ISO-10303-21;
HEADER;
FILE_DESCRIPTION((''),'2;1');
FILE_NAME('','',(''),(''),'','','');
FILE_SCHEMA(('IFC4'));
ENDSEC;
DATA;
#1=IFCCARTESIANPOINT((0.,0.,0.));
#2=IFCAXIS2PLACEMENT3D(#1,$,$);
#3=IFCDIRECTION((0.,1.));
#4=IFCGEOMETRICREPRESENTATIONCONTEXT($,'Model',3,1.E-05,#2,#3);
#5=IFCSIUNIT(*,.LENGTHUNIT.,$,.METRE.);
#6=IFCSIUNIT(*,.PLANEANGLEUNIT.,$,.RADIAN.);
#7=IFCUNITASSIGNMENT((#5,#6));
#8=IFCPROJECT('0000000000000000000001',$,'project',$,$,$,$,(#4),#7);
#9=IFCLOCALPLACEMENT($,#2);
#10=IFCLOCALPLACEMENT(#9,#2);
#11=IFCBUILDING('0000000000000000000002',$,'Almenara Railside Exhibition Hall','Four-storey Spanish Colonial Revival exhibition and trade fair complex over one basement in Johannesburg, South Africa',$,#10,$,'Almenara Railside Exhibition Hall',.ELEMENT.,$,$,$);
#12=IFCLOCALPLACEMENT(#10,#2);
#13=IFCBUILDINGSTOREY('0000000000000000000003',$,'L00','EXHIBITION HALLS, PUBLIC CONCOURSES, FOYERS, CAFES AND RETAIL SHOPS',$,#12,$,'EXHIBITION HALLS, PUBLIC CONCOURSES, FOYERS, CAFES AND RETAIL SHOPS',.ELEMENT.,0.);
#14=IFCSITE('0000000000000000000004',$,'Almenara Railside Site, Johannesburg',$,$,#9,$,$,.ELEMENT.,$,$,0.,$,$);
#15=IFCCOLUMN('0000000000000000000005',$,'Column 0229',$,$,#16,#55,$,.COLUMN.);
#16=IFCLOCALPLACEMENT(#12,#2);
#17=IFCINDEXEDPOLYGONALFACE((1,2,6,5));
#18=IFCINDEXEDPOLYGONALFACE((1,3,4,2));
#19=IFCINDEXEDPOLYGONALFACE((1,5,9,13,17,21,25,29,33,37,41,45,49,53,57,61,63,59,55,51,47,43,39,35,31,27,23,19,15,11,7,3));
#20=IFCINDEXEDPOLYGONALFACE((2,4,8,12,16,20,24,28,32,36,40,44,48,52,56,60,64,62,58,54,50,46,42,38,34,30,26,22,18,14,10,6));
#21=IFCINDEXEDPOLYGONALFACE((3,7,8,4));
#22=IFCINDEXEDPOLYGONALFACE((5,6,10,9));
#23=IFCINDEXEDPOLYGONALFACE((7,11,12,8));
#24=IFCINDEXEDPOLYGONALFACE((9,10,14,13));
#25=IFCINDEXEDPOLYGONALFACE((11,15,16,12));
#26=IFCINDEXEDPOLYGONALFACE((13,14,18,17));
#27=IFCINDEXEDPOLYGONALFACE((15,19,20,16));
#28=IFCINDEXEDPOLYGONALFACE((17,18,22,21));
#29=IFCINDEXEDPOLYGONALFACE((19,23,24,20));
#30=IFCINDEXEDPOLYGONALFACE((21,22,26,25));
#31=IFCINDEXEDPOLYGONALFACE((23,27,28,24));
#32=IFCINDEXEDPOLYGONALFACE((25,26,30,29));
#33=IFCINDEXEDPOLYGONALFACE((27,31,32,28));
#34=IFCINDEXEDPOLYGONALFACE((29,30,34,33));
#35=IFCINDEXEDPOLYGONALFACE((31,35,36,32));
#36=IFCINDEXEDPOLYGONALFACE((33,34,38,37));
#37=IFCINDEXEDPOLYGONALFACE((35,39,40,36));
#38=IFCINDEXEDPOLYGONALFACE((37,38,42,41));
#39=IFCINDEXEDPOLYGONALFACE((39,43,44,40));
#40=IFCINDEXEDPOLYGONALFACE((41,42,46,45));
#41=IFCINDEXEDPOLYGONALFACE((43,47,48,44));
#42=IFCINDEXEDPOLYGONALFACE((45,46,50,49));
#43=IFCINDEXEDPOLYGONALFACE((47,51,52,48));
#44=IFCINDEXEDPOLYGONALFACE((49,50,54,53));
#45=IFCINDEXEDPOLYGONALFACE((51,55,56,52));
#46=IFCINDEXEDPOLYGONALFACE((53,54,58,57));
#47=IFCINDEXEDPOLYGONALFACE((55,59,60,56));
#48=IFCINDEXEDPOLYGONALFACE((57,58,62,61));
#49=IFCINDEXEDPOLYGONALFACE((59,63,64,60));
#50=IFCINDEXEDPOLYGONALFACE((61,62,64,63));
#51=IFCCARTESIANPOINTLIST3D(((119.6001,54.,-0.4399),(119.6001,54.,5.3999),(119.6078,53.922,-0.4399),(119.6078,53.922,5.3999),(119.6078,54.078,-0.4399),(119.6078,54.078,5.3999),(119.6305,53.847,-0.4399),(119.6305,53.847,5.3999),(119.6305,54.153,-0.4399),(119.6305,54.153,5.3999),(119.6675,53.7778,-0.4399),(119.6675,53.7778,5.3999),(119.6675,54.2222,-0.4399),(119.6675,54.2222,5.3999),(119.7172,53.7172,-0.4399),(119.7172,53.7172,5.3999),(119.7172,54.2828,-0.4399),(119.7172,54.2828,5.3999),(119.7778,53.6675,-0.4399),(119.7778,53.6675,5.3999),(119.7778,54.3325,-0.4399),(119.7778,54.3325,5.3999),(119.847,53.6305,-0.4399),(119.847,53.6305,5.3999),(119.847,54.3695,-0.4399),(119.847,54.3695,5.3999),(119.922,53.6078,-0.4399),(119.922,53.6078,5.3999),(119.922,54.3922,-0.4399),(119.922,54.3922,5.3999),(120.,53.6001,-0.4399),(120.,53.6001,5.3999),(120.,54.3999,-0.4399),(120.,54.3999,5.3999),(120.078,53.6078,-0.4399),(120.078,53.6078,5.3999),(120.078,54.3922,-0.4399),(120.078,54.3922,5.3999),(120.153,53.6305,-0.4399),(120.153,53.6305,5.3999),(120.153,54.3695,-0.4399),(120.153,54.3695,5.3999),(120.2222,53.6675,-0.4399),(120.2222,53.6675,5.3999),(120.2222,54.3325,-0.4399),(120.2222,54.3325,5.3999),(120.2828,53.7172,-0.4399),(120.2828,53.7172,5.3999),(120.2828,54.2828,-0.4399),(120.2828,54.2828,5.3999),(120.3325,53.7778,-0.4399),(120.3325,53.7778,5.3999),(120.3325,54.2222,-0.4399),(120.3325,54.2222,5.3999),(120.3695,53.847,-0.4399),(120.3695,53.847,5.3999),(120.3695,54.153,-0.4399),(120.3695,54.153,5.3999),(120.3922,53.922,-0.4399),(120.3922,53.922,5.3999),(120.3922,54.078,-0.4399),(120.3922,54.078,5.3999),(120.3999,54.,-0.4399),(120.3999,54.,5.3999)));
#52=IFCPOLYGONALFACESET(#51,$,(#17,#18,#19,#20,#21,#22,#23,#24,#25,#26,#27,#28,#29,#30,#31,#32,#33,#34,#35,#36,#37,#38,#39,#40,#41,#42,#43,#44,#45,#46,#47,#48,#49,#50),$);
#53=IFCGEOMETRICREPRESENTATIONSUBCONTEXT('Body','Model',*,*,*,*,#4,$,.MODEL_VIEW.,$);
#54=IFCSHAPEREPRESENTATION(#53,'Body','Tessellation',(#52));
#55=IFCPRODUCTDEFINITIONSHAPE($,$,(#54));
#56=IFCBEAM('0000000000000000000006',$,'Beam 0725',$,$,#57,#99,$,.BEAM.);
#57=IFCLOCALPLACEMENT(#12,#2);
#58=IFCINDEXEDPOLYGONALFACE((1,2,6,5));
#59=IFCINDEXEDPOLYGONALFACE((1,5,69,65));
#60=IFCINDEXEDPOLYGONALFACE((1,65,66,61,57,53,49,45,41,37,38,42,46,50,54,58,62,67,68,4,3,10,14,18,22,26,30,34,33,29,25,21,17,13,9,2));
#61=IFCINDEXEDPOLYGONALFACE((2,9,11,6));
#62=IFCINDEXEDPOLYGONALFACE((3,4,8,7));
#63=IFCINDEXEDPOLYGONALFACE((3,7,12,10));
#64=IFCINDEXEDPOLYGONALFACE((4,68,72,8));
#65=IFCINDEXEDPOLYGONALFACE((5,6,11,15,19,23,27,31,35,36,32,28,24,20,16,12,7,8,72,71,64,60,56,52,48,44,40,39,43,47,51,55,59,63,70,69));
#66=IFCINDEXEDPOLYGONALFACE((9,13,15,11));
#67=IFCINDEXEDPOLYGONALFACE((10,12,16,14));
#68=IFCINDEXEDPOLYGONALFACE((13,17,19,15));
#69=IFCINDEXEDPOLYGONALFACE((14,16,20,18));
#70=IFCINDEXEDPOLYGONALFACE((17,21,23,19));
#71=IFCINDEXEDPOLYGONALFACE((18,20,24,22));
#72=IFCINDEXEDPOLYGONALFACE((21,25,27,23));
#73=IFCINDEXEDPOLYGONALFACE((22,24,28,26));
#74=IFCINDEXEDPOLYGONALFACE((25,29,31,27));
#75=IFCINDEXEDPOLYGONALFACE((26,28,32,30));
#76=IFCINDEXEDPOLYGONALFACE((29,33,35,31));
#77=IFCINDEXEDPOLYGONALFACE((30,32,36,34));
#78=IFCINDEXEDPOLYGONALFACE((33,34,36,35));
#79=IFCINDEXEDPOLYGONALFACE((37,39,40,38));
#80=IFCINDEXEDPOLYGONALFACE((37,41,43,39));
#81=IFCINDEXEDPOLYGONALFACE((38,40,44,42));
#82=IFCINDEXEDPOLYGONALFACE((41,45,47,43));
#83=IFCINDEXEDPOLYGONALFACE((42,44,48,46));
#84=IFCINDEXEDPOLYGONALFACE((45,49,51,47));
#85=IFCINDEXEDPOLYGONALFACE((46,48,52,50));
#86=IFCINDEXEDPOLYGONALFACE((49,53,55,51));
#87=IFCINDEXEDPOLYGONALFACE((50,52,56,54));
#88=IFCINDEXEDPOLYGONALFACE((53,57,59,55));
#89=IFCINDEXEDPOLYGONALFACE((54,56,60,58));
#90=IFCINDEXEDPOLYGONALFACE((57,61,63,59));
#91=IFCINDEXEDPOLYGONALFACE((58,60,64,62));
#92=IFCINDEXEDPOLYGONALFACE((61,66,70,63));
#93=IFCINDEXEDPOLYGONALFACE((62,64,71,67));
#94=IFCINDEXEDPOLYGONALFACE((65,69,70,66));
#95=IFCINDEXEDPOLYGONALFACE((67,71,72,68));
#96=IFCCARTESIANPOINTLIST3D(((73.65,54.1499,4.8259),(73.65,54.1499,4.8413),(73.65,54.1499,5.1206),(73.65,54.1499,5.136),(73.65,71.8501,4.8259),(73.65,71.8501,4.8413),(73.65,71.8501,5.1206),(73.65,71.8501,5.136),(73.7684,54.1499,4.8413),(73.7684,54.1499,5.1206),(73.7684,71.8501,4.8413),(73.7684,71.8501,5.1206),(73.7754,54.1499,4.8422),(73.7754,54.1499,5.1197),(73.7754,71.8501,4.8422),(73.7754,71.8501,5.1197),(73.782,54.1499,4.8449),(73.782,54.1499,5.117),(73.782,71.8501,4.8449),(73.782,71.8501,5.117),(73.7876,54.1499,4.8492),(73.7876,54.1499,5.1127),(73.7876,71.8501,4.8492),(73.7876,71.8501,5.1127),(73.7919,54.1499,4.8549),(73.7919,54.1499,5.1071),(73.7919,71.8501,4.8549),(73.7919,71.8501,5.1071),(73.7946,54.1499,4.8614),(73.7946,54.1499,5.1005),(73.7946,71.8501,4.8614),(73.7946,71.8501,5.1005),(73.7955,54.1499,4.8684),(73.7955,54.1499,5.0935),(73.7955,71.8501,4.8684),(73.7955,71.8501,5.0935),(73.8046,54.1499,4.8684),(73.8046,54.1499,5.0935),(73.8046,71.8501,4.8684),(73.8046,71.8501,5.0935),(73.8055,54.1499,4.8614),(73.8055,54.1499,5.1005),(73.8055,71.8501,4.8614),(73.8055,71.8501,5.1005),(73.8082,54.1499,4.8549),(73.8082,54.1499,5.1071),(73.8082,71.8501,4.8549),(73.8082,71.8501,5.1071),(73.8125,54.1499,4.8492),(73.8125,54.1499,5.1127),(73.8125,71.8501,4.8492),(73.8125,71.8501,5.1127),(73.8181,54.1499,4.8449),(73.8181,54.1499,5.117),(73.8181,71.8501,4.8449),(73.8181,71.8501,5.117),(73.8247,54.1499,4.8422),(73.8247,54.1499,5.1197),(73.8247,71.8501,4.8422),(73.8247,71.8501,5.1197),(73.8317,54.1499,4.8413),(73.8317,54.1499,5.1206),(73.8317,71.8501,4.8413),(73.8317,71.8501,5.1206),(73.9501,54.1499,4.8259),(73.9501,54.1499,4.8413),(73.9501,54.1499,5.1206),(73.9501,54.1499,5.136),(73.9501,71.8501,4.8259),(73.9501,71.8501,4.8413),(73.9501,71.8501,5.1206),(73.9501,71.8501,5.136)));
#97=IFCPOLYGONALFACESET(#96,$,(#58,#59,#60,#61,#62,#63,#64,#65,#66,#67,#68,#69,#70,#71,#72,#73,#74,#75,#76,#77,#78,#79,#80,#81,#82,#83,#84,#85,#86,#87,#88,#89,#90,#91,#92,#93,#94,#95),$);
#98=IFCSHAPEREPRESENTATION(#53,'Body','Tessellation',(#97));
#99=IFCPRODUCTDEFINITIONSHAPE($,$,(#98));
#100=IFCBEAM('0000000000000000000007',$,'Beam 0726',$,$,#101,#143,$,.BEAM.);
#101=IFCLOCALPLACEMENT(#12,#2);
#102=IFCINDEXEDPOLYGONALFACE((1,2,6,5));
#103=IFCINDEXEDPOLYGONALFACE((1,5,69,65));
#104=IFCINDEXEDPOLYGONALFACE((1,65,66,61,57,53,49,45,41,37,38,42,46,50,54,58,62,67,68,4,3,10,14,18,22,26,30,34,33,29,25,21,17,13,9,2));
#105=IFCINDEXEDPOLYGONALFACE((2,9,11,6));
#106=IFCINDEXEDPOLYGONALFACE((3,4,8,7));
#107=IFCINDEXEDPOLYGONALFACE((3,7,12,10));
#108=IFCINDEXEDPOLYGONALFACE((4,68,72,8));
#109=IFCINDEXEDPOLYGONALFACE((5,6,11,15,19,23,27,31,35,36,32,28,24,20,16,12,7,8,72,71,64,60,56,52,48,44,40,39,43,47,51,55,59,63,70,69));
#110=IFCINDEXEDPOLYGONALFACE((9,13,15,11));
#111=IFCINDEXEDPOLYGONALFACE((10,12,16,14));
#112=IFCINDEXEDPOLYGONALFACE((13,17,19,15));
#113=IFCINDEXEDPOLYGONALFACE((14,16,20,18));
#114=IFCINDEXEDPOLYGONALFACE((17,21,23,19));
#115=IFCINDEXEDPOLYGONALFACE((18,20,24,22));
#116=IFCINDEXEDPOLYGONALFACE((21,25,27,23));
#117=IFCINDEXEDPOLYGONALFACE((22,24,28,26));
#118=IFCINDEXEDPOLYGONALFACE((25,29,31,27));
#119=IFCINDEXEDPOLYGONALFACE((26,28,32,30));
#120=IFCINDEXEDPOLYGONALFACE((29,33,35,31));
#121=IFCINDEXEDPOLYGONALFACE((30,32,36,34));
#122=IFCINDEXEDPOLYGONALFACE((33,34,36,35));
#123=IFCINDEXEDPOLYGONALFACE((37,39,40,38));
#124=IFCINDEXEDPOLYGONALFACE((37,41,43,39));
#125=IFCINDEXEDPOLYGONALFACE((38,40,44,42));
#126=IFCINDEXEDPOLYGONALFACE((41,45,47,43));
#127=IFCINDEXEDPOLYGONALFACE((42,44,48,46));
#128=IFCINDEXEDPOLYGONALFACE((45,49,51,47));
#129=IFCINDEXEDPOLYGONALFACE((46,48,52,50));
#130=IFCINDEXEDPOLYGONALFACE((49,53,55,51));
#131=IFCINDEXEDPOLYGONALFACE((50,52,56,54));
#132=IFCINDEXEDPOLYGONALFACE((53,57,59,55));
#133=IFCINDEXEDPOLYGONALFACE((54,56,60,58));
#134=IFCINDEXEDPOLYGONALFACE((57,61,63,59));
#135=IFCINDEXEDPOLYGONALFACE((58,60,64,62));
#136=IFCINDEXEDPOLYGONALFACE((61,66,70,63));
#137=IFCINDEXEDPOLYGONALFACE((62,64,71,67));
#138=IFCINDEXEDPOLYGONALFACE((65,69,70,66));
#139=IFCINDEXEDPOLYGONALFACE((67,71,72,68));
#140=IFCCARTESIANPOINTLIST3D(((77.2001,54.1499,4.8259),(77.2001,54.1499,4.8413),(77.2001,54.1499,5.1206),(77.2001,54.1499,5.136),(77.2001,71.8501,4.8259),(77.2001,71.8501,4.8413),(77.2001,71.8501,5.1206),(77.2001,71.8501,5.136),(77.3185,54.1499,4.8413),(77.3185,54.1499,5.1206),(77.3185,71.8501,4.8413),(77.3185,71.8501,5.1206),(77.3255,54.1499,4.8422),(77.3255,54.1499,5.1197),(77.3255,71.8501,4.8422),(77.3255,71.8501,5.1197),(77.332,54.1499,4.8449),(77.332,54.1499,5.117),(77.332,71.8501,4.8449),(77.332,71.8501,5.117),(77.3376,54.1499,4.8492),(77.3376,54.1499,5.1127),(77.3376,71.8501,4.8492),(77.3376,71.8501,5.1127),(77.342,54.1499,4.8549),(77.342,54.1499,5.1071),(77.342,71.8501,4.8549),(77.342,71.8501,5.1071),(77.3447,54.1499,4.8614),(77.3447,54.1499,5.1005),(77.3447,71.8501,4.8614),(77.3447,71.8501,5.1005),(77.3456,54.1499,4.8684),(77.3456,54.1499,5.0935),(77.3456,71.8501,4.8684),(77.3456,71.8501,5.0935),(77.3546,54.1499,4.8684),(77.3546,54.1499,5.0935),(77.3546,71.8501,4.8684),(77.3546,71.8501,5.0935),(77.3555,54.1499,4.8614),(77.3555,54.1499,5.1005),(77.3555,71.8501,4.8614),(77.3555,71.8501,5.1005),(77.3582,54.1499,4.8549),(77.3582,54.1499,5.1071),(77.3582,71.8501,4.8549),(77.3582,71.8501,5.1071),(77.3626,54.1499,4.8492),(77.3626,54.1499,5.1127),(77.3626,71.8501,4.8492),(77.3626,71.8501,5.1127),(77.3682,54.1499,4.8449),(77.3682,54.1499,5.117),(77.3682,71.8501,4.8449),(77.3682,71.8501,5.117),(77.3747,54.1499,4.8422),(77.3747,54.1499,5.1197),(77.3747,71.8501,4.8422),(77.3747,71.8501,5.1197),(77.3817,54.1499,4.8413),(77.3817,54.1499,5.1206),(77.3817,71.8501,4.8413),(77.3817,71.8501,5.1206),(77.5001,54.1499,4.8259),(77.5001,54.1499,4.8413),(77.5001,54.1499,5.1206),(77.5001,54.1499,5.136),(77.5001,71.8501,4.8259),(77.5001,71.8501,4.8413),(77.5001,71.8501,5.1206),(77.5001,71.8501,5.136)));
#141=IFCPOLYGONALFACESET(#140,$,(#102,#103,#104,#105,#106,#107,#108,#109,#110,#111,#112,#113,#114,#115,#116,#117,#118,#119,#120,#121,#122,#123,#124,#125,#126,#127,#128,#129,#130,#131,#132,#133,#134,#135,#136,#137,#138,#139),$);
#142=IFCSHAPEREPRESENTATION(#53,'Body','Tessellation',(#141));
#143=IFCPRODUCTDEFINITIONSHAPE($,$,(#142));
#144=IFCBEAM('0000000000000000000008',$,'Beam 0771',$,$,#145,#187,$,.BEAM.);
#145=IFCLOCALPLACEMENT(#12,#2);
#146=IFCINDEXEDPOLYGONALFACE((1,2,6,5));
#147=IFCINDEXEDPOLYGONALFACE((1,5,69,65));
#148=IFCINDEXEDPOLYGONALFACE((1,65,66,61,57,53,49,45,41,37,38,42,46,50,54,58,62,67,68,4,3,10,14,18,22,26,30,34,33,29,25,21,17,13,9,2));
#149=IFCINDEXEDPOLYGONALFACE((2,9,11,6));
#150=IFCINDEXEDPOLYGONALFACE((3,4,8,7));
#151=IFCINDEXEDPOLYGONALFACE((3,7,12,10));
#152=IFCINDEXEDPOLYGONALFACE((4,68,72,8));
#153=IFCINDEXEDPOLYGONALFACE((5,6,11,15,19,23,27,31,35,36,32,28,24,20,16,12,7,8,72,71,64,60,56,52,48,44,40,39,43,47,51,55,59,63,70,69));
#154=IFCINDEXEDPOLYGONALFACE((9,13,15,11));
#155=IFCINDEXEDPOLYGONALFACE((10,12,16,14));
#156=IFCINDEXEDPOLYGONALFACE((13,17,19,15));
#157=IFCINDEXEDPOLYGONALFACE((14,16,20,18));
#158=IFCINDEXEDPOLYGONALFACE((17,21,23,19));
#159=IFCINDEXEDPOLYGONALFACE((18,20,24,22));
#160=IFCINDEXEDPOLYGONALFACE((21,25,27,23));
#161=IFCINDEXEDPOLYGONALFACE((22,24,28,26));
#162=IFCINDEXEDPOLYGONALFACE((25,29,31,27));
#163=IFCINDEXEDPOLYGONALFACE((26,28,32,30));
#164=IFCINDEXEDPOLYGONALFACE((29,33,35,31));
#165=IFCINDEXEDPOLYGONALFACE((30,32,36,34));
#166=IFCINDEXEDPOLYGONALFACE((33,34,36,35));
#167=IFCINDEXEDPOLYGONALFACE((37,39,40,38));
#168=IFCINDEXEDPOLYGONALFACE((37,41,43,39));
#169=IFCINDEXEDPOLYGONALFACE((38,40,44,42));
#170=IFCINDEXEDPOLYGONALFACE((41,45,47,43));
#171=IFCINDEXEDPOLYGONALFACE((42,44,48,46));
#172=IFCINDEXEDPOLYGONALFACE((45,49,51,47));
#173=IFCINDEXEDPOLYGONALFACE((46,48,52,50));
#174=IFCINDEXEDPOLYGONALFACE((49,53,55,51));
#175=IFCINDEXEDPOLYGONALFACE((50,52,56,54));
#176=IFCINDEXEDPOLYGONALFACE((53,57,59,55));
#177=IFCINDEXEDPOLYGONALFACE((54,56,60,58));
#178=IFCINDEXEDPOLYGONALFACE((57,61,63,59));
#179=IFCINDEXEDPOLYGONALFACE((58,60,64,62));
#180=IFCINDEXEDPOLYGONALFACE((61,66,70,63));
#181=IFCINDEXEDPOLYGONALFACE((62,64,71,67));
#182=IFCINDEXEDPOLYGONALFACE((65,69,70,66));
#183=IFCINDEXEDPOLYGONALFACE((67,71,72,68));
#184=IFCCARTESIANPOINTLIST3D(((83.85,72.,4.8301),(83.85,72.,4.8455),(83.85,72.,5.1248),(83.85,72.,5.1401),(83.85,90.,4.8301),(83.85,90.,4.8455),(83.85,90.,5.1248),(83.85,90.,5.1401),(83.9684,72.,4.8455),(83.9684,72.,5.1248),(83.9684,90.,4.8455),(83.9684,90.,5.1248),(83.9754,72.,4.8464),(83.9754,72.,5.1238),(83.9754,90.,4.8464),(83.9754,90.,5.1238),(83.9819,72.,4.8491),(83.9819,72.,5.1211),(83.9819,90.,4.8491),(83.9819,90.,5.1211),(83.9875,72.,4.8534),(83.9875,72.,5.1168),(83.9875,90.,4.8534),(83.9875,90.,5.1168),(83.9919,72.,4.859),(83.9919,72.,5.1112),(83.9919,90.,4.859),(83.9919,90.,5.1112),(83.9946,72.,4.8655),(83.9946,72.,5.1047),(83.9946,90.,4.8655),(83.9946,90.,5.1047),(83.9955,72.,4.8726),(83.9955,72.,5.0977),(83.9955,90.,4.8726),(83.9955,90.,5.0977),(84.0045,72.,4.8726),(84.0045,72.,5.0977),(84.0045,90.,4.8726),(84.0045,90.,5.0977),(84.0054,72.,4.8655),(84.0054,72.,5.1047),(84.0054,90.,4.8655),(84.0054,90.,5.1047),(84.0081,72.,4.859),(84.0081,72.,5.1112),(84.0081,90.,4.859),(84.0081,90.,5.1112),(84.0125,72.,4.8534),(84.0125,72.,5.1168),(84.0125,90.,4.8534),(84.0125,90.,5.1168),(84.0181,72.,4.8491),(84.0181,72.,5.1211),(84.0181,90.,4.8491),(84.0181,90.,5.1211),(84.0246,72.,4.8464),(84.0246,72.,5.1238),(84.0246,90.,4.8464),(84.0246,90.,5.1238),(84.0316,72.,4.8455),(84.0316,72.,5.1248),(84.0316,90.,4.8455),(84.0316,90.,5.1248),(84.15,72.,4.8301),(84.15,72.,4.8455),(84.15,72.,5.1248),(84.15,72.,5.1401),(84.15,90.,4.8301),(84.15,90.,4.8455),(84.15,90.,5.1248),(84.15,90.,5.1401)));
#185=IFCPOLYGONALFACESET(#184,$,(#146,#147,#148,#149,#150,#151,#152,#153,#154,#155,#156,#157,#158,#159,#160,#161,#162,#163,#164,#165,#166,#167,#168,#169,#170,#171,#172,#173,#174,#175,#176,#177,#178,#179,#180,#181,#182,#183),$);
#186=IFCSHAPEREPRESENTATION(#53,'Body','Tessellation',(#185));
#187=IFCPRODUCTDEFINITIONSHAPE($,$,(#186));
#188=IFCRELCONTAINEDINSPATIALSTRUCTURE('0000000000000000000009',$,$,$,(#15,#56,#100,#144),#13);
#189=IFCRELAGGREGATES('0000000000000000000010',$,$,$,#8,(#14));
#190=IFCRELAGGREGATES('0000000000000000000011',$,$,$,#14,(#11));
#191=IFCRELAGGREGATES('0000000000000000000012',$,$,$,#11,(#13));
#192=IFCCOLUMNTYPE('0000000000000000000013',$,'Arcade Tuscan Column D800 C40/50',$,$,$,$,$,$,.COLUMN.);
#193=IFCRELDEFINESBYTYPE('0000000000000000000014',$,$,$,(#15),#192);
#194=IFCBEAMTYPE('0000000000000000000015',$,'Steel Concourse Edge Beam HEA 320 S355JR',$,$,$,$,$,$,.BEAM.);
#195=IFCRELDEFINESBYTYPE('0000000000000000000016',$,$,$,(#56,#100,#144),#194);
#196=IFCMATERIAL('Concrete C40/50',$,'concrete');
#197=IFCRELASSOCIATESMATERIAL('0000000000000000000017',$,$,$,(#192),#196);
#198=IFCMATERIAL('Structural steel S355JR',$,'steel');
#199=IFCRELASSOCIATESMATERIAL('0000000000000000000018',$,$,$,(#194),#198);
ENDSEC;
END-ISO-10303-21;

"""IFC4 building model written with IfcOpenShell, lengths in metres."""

from ifc_helpers import new_model, si_unit, direction, frame, origin, origin_2d, place, context, subcontext, project, spatial, circle, i_section, extrude, material, material_profile, profile_set, type_object, element, save


model = new_model("IFC4")

# Units and contexts
model_context = context("Model", 3, precision=1e-05, world=origin(), true_north=direction((0.0, 1.0)))
body_context = subcontext(model_context, "Body", "Model", "MODEL_VIEW")
ifc_project = project(units=[si_unit("LENGTHUNIT", "METRE"), si_unit("PLANEANGLEUNIT", "RADIAN")], contexts=[model_context])

# Site, building, storey
site_placement = place(None, origin())
site = spatial("IfcSite", under=ifc_project, at=site_placement, Name="Almenara Railside Site, Johannesburg", CompositionType="ELEMENT", RefElevation=0.0)
building_placement = place(site_placement, origin())
building = spatial("IfcBuilding", under=site, at=building_placement, Name="Almenara Railside Exhibition Hall", Description="Four-storey Spanish Colonial Revival exhibition and trade fair complex over one basement in Johannesburg, South Africa", LongName="Almenara Railside Exhibition Hall", CompositionType="ELEMENT")
storey_placement = place(building_placement, origin())
storey = spatial("IfcBuildingStorey", under=building, at=storey_placement, Name="L00", Description="EXHIBITION HALLS, PUBLIC CONCOURSES, FOYERS, CAFES AND RETAIL SHOPS", LongName="EXHIBITION HALLS, PUBLIC CONCOURSES, FOYERS, CAFES AND RETAIL SHOPS", CompositionType="ELEMENT", Elevation=0.0)

# Shared definitions
ifc_material_1 = material(Name="Concrete C40/50", Category="concrete")

# Column
ifc_material_profile_1 = material_profile(ifc_material_1, circle(Radius=0.3999, at=origin_2d()), Name="RC-COL D800")
ifc_profile_set_1 = profile_set([ifc_material_profile_1], Name="Concrete C40/50")
column_type_1 = type_object("IfcColumnType", Name="Arcade Tuscan Column D800 C40/50", PredefinedType="COLUMN", material=ifc_profile_set_1)
for number, where, z_axis, x_axis, name in (
    (1, (120.0, 54.0, -0.4399), (0.0, 0.0, 1.0), (1.0, 0.0, 0.0), "Column 0229"),
):
    element("IfcColumn", number, at=place(storey_placement, frame(where, z_axis=z_axis, x_axis=x_axis)), inside=storey, type_object=column_type_1, Name=name, PredefinedType="COLUMN", context=body_context, shape_type="SweptSolid", body=[
        extrude(circle(Radius=0.3999, at=origin_2d()), origin(), (0.0, 0.0, 1.0), 5.8398),
    ])

# Beams
ifc_material_2 = material(Name="Structural steel S355JR", Category="steel")
ifc_material_profile_2 = material_profile(ifc_material_2, i_section(OverallWidth=0.3, OverallDepth=0.3101, WebThickness=0.009, FlangeThickness=0.0154, FilletRadius=0.0271, at=origin_2d()), Name="HEA 320")
ifc_profile_set_2 = profile_set([ifc_material_profile_2], Name="Structural steel S355JR")
beam_type_1 = type_object("IfcBeamType", Name="Steel Concourse Edge Beam HEA 320 S355JR", PredefinedType="BEAM", material=ifc_profile_set_2)
for number, where, z_axis, x_axis, name in (
    (2, (73.8, 54.1499, 4.981), (0.0, 1.0, 0.0), (-1.0, 0.0, 0.0), "Beam 0725"),
    (3, (77.3501, 54.1499, 4.981), (0.0, 1.0, 0.0), (-1.0, 0.0, 0.0), "Beam 0726"),
):
    element("IfcBeam", number, at=place(storey_placement, frame(where, z_axis=z_axis, x_axis=x_axis)), inside=storey, type_object=beam_type_1, Name=name, PredefinedType="BEAM", context=body_context, shape_type="SweptSolid", body=[
        extrude(i_section(OverallWidth=0.3, OverallDepth=0.3101, WebThickness=0.009, FlangeThickness=0.0154, FilletRadius=0.0271, at=origin_2d()), origin(), (0.0, 0.0, 1.0), 17.7002),
    ])
for number, where, z_axis, x_axis, name in (
    (4, (84.0, 72.0, 4.9851), (0.0, 1.0, 0.0), (-1.0, 0.0, 0.0), "Beam 0771"),
):
    element("IfcBeam", number, at=place(storey_placement, frame(where, z_axis=z_axis, x_axis=x_axis)), inside=storey, type_object=beam_type_1, Name=name, PredefinedType="BEAM", context=body_context, shape_type="SweptSolid", body=[
        extrude(i_section(OverallWidth=0.3, OverallDepth=0.3101, WebThickness=0.009, FlangeThickness=0.0154, FilletRadius=0.0271, at=origin_2d()), origin(), (0.0, 0.0, 1.0), 18.0),
    ])

save(model, "model.ifc")
